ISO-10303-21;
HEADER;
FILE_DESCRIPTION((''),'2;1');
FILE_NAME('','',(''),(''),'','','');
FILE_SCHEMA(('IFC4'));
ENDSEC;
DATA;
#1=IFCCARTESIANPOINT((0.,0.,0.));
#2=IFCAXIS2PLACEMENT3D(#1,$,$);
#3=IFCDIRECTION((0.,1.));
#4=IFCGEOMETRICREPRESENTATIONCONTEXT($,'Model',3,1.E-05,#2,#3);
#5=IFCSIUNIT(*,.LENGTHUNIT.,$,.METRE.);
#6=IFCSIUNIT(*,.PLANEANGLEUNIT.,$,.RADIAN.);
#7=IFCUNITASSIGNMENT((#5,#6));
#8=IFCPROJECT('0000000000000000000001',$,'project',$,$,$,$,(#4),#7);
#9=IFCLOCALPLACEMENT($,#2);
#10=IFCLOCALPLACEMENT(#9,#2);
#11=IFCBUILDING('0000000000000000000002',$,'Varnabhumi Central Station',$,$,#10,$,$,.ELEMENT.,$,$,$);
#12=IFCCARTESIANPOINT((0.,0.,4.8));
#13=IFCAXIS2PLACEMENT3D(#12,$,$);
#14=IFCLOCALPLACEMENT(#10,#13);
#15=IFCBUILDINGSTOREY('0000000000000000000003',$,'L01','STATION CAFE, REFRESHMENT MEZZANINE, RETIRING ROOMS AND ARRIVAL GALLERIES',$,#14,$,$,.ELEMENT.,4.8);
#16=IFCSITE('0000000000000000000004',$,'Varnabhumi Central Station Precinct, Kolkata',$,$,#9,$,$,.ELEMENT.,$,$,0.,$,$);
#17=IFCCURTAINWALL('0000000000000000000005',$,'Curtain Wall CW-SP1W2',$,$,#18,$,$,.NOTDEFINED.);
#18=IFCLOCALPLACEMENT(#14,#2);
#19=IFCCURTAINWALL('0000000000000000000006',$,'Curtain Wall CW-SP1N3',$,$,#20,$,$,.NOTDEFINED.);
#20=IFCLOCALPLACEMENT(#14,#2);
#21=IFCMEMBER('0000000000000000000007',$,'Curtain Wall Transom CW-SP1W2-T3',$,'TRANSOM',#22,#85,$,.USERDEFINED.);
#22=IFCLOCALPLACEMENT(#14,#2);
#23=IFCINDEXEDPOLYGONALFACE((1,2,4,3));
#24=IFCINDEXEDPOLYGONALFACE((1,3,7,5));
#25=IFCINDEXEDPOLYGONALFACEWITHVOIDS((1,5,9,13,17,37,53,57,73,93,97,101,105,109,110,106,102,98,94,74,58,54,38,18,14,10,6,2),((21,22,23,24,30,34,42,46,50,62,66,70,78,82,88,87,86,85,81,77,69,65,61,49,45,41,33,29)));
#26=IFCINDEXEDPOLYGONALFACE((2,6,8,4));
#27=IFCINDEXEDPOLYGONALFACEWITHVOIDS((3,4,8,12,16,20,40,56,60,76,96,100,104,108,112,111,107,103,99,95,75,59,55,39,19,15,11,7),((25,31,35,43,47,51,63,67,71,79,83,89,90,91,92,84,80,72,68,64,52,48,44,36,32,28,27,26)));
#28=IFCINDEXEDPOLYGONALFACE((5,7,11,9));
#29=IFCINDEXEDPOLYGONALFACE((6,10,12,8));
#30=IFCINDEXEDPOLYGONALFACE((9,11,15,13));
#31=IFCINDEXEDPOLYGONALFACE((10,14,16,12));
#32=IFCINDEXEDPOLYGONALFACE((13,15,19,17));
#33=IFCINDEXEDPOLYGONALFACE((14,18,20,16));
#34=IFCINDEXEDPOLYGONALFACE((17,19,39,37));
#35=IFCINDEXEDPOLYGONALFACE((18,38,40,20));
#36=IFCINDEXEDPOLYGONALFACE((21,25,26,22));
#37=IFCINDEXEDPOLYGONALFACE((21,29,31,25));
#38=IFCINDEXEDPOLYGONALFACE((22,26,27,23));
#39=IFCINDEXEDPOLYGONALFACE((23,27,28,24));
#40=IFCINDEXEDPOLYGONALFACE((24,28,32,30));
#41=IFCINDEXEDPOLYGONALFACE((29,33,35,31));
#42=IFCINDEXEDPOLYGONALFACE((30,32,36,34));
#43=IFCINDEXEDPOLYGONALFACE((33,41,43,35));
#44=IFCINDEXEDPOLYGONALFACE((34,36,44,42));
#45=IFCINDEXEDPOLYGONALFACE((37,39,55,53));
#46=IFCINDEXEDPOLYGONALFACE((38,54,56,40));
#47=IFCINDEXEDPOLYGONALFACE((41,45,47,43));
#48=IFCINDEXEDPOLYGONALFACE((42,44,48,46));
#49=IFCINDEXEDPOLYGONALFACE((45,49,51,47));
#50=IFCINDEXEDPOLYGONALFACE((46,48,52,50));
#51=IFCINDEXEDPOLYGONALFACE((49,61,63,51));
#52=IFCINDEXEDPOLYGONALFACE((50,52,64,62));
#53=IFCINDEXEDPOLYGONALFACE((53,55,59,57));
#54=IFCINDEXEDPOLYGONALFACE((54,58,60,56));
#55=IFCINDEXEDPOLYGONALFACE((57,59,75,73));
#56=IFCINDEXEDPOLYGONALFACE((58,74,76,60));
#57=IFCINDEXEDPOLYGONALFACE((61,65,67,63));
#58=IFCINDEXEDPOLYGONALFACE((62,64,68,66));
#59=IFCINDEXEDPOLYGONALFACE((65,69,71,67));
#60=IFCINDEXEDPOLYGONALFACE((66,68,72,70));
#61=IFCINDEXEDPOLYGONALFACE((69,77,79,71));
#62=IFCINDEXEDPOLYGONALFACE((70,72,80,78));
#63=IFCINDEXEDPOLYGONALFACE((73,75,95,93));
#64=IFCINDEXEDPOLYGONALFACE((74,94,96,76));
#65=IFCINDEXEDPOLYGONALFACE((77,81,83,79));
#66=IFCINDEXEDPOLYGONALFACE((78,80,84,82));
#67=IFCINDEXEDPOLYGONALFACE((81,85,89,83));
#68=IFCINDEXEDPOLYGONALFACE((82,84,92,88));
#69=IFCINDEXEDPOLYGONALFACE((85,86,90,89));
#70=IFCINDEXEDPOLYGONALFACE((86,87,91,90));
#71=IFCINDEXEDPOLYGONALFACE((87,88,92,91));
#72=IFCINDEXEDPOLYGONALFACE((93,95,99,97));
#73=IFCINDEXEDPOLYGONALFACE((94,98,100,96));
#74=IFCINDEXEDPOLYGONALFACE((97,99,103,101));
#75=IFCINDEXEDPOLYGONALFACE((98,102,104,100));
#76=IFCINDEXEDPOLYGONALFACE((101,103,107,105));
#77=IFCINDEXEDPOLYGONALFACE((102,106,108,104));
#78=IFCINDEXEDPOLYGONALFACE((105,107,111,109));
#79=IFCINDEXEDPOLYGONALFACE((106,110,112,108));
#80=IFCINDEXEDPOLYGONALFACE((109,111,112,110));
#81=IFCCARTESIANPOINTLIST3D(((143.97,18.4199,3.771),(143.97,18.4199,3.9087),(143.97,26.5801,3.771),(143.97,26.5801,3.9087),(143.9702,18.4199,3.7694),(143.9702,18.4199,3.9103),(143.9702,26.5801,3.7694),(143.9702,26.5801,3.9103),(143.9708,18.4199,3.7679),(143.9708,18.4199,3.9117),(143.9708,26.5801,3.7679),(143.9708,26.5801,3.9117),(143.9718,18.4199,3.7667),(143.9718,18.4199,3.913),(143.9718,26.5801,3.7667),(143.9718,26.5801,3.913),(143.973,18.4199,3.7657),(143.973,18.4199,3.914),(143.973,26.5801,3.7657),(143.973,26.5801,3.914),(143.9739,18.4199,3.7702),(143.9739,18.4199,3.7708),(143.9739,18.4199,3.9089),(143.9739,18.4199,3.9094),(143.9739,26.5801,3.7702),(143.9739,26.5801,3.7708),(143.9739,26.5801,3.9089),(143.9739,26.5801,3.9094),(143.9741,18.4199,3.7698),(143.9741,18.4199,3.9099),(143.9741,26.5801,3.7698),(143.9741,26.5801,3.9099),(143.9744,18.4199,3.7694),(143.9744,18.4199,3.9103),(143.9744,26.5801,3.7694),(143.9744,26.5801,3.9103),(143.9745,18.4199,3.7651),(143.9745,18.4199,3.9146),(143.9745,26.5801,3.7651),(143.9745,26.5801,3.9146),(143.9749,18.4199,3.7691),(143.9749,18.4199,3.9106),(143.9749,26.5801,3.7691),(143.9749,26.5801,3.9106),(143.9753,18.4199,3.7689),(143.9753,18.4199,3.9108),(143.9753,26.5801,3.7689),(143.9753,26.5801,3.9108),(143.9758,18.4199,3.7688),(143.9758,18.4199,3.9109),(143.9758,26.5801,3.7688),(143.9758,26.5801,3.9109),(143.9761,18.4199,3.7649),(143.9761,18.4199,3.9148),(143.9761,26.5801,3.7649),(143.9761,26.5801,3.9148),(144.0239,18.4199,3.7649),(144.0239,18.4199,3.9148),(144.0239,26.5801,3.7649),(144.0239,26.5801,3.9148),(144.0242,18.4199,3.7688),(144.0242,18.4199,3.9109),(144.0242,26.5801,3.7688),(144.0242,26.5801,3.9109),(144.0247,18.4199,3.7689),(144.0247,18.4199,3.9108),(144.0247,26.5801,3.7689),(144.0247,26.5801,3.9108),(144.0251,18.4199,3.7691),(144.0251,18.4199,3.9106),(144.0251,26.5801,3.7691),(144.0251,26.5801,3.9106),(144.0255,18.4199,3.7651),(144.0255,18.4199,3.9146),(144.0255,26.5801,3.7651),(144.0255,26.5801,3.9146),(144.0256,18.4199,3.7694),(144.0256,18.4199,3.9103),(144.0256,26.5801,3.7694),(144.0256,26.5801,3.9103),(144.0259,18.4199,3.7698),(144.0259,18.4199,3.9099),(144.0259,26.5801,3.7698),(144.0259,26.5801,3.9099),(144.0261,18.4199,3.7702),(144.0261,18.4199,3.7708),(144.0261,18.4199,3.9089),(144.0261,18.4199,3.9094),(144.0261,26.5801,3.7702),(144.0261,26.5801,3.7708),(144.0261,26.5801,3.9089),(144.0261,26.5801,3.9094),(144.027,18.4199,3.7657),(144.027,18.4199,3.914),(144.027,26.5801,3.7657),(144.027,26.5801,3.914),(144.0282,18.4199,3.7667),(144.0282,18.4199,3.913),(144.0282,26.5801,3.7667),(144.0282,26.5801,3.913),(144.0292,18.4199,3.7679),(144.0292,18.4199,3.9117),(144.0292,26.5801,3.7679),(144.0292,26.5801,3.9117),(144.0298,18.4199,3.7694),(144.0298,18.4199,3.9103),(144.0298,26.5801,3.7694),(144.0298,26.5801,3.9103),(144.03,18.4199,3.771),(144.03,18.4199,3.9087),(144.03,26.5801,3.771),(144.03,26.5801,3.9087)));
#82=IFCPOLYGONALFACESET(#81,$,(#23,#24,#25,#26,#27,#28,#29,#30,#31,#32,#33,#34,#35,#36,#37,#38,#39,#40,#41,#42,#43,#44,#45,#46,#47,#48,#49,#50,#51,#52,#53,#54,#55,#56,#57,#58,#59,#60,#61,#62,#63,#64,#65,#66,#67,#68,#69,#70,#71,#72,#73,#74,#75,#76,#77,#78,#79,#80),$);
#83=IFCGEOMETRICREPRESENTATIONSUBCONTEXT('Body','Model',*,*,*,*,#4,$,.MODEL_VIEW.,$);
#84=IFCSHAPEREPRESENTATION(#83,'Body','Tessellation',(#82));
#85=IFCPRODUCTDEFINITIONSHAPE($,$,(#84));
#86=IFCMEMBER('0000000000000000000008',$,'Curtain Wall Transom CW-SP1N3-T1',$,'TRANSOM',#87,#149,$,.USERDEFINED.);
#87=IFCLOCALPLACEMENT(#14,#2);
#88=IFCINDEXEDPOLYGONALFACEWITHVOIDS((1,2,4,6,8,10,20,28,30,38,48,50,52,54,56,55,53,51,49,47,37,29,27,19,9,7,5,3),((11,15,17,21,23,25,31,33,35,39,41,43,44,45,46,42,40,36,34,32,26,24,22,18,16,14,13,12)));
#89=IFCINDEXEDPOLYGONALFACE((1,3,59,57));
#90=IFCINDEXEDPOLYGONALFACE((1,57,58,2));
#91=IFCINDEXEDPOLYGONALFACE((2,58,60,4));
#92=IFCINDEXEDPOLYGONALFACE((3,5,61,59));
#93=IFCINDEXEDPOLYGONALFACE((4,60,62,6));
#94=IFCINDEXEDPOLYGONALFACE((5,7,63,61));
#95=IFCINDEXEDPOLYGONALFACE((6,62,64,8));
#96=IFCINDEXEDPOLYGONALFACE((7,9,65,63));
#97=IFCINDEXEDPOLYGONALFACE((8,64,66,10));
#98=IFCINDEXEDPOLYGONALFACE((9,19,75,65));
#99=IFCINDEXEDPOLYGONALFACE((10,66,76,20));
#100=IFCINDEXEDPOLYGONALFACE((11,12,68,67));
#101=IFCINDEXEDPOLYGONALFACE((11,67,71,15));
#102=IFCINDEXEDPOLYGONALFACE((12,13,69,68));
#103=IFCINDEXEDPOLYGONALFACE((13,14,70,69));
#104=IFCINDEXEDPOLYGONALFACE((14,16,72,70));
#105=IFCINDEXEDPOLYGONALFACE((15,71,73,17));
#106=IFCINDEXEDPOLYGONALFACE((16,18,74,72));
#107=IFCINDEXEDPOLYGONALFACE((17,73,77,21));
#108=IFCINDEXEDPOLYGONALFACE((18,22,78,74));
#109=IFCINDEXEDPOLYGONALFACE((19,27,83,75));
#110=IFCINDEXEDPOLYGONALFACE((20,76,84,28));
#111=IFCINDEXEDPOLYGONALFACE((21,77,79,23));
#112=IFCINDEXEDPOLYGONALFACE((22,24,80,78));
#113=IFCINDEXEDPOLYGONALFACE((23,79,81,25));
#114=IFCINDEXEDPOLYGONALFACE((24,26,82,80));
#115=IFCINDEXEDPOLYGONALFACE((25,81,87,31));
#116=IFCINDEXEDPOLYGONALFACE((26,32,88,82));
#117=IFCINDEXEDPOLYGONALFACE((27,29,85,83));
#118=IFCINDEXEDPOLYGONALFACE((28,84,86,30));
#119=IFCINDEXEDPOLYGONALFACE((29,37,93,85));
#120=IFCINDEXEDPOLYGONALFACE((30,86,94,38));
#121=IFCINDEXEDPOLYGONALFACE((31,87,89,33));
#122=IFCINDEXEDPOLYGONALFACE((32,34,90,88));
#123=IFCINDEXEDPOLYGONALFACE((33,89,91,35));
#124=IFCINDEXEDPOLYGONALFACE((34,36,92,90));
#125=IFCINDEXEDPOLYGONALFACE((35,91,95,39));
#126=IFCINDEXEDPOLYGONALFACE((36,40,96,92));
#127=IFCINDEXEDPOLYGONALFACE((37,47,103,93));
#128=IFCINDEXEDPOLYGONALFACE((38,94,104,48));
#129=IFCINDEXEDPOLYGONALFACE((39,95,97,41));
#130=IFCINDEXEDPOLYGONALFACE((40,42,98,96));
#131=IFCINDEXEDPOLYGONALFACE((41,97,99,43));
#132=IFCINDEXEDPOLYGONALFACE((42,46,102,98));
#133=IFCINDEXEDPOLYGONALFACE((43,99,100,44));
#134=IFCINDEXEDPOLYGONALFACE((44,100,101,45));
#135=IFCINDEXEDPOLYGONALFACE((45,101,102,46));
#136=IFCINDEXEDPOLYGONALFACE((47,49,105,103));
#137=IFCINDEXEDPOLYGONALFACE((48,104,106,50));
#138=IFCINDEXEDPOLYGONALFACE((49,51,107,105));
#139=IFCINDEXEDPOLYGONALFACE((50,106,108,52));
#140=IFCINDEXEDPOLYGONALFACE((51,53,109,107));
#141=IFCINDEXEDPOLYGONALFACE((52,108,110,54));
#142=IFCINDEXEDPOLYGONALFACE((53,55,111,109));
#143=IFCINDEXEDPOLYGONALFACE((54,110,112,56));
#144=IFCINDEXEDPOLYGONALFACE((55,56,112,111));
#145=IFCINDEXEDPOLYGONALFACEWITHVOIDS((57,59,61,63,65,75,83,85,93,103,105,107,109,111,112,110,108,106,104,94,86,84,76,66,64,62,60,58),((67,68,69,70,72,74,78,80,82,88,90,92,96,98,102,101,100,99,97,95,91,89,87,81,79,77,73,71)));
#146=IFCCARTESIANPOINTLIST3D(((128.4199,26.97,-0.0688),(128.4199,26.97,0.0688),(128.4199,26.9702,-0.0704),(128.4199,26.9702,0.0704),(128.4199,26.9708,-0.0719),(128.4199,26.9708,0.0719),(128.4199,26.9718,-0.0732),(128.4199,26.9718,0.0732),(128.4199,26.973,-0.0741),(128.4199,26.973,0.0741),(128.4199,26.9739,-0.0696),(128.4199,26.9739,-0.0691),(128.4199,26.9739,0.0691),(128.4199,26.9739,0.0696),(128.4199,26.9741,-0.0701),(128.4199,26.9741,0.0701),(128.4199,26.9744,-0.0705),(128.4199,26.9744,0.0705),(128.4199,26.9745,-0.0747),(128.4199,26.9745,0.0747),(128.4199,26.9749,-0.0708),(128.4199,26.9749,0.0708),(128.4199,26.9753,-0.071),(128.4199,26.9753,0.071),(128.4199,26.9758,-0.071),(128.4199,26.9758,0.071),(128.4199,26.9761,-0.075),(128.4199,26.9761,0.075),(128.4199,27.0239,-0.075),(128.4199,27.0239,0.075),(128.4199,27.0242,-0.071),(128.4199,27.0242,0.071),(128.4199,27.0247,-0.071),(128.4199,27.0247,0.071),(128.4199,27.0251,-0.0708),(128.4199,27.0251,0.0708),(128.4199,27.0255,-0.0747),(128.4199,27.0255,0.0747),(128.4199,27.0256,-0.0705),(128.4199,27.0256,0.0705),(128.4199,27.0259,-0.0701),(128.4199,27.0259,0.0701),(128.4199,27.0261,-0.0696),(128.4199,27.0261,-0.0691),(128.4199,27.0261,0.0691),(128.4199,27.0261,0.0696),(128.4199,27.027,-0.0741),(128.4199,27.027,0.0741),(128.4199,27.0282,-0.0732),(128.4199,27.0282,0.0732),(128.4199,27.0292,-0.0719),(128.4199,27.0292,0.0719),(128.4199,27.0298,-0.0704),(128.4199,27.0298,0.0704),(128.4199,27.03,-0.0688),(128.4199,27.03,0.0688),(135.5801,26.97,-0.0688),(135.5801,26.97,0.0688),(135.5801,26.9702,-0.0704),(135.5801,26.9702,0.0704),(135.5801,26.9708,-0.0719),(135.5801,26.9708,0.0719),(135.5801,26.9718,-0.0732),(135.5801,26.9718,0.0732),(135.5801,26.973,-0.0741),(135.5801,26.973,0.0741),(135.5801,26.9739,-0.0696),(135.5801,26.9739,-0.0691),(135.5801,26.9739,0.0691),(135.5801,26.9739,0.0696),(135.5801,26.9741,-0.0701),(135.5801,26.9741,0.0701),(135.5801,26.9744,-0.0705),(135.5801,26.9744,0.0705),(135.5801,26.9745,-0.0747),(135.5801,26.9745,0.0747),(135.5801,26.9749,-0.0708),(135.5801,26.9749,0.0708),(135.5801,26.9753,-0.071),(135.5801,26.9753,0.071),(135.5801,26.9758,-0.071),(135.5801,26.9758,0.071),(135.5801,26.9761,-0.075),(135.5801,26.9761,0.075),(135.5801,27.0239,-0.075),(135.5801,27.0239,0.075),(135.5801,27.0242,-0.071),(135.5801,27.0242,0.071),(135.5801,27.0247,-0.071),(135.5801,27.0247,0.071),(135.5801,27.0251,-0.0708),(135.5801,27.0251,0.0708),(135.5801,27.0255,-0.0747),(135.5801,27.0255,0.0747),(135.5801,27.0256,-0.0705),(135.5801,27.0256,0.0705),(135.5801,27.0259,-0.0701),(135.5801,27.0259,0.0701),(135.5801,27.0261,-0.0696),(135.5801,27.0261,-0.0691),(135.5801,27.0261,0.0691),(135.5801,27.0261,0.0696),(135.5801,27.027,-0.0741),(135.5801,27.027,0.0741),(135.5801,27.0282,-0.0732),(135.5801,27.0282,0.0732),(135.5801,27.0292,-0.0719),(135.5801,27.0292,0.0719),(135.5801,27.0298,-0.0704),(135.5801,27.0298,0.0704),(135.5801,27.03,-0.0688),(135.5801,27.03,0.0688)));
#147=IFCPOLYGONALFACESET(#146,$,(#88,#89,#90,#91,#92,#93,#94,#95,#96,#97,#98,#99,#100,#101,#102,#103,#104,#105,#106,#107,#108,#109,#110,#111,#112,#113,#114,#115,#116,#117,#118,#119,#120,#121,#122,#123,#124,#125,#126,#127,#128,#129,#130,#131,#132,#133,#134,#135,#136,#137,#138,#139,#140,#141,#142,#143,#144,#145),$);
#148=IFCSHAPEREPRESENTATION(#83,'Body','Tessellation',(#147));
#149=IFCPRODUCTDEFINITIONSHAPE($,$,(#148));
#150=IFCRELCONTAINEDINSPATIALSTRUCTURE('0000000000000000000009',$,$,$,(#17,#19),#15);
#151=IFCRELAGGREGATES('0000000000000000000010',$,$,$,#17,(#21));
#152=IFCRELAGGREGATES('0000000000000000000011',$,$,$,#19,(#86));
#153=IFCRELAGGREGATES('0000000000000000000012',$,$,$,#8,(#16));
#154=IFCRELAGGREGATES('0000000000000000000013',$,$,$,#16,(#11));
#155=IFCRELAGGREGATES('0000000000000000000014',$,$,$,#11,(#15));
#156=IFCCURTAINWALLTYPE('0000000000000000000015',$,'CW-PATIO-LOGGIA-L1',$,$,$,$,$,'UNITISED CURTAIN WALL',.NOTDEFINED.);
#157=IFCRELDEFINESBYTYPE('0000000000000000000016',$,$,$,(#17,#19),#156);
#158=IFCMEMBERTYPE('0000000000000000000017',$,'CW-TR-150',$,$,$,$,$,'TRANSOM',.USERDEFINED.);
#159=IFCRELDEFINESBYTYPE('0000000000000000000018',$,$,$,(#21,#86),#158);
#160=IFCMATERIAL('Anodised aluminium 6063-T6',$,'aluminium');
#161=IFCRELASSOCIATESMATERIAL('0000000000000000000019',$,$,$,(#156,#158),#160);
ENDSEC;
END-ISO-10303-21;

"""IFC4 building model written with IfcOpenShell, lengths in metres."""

from ifc_helpers import new_model, si_unit, direction, frame, origin, origin_2d, place, context, subcontext, project, spatial, hollow_rectangle, extrude, material, material_profile, profile_set, type_object, element, aggregate, save


model = new_model("IFC4")

# Units and contexts
model_context = context("Model", 3, precision=1e-05, world=origin(), true_north=direction((0.0, 1.0)))
body_context = subcontext(model_context, "Body", "Model", "MODEL_VIEW")
ifc_project = project(units=[si_unit("LENGTHUNIT", "METRE"), si_unit("PLANEANGLEUNIT", "RADIAN")], contexts=[model_context])

# Site, building, storey
site_placement = place(None, origin())
site = spatial("IfcSite", under=ifc_project, at=site_placement, Name="Varnabhumi Central Station Precinct, Kolkata", CompositionType="ELEMENT", RefElevation=0.0)
building_placement = place(site_placement, origin())
building = spatial("IfcBuilding", under=site, at=building_placement, Name="Varnabhumi Central Station", CompositionType="ELEMENT")
storey_placement = place(building_placement, frame((0.0, 0.0, 4.8)))
storey = spatial("IfcBuildingStorey", under=building, at=storey_placement, Name="L01", Description="STATION CAFE, REFRESHMENT MEZZANINE, RETIRING ROOMS AND ARRIVAL GALLERIES", CompositionType="ELEMENT", Elevation=4.8)

# Curtain walls
ifc_material_1 = material(Name="Anodised aluminium 6063-T6", Category="aluminium")
curtain_wall_type = type_object("IfcCurtainWallType", Name="CW-PATIO-LOGGIA-L1", ElementType="UNITISED CURTAIN WALL", PredefinedType="NOTDEFINED", material=ifc_material_1)
curtain_wall_1_placement = place(storey_placement, origin())
curtain_wall_1 = element("IfcCurtainWall", 1, at=curtain_wall_1_placement, inside=storey, type_object=curtain_wall_type, Name="Curtain Wall CW-SP1W2", PredefinedType="NOTDEFINED")
curtain_wall_2_placement = place(storey_placement, origin())
curtain_wall_2 = element("IfcCurtainWall", 2, at=curtain_wall_2_placement, inside=storey, type_object=curtain_wall_type, Name="Curtain Wall CW-SP1N3", PredefinedType="NOTDEFINED")

# Members
ifc_material_profile_1 = material_profile(ifc_material_1, hollow_rectangle(XDim=0.0601, YDim=0.1499, WallThickness=0.0039, InnerFilletRadius=0.002, OuterFilletRadius=0.0061, at=origin_2d()), Name="Anodised aluminium 6063-T6", Category="aluminium")
ifc_profile_set_1 = profile_set([ifc_material_profile_1], Name="Anodised aluminium 6063-T6")
member_type_1 = type_object("IfcMemberType", Name="CW-TR-150", ElementType="TRANSOM", PredefinedType="USERDEFINED", material=ifc_profile_set_1)
member_1_placement = place(storey_placement, frame((144.0, 18.4199, 3.8398), z_axis=(0.0, 1.0, 0.0), x_axis=(-1.0, 0.0, 0.0)))
member_1 = element("IfcMember", 3, at=member_1_placement, type_object=member_type_1, Name="Curtain Wall Transom CW-SP1W2-T3", ObjectType="TRANSOM", PredefinedType="USERDEFINED", context=body_context, shape_type="SweptSolid", body=[
    extrude(hollow_rectangle(XDim=0.0601, YDim=0.1499, WallThickness=0.0039, InnerFilletRadius=0.002, OuterFilletRadius=0.0061, at=origin_2d()), origin(), (0.0, 0.0, 1.0), 8.1602),
])
member_2_placement = place(storey_placement, frame((128.4199, 27.0, 0.0), z_axis=(1.0, 0.0, 0.0), x_axis=(0.0, 1.0, 0.0)))
member_2 = element("IfcMember", 4, at=member_2_placement, type_object=member_type_1, Name="Curtain Wall Transom CW-SP1N3-T1", ObjectType="TRANSOM", PredefinedType="USERDEFINED", context=body_context, shape_type="SweptSolid", body=[
    extrude(hollow_rectangle(XDim=0.0601, YDim=0.1499, WallThickness=0.0039, InnerFilletRadius=0.002, OuterFilletRadius=0.0061, at=origin_2d()), origin(), (0.0, 0.0, 1.0), 7.1602),
])

aggregate(curtain_wall_1, [member_1])
aggregate(curtain_wall_2, [member_2])

save(model, "model.ifc")
